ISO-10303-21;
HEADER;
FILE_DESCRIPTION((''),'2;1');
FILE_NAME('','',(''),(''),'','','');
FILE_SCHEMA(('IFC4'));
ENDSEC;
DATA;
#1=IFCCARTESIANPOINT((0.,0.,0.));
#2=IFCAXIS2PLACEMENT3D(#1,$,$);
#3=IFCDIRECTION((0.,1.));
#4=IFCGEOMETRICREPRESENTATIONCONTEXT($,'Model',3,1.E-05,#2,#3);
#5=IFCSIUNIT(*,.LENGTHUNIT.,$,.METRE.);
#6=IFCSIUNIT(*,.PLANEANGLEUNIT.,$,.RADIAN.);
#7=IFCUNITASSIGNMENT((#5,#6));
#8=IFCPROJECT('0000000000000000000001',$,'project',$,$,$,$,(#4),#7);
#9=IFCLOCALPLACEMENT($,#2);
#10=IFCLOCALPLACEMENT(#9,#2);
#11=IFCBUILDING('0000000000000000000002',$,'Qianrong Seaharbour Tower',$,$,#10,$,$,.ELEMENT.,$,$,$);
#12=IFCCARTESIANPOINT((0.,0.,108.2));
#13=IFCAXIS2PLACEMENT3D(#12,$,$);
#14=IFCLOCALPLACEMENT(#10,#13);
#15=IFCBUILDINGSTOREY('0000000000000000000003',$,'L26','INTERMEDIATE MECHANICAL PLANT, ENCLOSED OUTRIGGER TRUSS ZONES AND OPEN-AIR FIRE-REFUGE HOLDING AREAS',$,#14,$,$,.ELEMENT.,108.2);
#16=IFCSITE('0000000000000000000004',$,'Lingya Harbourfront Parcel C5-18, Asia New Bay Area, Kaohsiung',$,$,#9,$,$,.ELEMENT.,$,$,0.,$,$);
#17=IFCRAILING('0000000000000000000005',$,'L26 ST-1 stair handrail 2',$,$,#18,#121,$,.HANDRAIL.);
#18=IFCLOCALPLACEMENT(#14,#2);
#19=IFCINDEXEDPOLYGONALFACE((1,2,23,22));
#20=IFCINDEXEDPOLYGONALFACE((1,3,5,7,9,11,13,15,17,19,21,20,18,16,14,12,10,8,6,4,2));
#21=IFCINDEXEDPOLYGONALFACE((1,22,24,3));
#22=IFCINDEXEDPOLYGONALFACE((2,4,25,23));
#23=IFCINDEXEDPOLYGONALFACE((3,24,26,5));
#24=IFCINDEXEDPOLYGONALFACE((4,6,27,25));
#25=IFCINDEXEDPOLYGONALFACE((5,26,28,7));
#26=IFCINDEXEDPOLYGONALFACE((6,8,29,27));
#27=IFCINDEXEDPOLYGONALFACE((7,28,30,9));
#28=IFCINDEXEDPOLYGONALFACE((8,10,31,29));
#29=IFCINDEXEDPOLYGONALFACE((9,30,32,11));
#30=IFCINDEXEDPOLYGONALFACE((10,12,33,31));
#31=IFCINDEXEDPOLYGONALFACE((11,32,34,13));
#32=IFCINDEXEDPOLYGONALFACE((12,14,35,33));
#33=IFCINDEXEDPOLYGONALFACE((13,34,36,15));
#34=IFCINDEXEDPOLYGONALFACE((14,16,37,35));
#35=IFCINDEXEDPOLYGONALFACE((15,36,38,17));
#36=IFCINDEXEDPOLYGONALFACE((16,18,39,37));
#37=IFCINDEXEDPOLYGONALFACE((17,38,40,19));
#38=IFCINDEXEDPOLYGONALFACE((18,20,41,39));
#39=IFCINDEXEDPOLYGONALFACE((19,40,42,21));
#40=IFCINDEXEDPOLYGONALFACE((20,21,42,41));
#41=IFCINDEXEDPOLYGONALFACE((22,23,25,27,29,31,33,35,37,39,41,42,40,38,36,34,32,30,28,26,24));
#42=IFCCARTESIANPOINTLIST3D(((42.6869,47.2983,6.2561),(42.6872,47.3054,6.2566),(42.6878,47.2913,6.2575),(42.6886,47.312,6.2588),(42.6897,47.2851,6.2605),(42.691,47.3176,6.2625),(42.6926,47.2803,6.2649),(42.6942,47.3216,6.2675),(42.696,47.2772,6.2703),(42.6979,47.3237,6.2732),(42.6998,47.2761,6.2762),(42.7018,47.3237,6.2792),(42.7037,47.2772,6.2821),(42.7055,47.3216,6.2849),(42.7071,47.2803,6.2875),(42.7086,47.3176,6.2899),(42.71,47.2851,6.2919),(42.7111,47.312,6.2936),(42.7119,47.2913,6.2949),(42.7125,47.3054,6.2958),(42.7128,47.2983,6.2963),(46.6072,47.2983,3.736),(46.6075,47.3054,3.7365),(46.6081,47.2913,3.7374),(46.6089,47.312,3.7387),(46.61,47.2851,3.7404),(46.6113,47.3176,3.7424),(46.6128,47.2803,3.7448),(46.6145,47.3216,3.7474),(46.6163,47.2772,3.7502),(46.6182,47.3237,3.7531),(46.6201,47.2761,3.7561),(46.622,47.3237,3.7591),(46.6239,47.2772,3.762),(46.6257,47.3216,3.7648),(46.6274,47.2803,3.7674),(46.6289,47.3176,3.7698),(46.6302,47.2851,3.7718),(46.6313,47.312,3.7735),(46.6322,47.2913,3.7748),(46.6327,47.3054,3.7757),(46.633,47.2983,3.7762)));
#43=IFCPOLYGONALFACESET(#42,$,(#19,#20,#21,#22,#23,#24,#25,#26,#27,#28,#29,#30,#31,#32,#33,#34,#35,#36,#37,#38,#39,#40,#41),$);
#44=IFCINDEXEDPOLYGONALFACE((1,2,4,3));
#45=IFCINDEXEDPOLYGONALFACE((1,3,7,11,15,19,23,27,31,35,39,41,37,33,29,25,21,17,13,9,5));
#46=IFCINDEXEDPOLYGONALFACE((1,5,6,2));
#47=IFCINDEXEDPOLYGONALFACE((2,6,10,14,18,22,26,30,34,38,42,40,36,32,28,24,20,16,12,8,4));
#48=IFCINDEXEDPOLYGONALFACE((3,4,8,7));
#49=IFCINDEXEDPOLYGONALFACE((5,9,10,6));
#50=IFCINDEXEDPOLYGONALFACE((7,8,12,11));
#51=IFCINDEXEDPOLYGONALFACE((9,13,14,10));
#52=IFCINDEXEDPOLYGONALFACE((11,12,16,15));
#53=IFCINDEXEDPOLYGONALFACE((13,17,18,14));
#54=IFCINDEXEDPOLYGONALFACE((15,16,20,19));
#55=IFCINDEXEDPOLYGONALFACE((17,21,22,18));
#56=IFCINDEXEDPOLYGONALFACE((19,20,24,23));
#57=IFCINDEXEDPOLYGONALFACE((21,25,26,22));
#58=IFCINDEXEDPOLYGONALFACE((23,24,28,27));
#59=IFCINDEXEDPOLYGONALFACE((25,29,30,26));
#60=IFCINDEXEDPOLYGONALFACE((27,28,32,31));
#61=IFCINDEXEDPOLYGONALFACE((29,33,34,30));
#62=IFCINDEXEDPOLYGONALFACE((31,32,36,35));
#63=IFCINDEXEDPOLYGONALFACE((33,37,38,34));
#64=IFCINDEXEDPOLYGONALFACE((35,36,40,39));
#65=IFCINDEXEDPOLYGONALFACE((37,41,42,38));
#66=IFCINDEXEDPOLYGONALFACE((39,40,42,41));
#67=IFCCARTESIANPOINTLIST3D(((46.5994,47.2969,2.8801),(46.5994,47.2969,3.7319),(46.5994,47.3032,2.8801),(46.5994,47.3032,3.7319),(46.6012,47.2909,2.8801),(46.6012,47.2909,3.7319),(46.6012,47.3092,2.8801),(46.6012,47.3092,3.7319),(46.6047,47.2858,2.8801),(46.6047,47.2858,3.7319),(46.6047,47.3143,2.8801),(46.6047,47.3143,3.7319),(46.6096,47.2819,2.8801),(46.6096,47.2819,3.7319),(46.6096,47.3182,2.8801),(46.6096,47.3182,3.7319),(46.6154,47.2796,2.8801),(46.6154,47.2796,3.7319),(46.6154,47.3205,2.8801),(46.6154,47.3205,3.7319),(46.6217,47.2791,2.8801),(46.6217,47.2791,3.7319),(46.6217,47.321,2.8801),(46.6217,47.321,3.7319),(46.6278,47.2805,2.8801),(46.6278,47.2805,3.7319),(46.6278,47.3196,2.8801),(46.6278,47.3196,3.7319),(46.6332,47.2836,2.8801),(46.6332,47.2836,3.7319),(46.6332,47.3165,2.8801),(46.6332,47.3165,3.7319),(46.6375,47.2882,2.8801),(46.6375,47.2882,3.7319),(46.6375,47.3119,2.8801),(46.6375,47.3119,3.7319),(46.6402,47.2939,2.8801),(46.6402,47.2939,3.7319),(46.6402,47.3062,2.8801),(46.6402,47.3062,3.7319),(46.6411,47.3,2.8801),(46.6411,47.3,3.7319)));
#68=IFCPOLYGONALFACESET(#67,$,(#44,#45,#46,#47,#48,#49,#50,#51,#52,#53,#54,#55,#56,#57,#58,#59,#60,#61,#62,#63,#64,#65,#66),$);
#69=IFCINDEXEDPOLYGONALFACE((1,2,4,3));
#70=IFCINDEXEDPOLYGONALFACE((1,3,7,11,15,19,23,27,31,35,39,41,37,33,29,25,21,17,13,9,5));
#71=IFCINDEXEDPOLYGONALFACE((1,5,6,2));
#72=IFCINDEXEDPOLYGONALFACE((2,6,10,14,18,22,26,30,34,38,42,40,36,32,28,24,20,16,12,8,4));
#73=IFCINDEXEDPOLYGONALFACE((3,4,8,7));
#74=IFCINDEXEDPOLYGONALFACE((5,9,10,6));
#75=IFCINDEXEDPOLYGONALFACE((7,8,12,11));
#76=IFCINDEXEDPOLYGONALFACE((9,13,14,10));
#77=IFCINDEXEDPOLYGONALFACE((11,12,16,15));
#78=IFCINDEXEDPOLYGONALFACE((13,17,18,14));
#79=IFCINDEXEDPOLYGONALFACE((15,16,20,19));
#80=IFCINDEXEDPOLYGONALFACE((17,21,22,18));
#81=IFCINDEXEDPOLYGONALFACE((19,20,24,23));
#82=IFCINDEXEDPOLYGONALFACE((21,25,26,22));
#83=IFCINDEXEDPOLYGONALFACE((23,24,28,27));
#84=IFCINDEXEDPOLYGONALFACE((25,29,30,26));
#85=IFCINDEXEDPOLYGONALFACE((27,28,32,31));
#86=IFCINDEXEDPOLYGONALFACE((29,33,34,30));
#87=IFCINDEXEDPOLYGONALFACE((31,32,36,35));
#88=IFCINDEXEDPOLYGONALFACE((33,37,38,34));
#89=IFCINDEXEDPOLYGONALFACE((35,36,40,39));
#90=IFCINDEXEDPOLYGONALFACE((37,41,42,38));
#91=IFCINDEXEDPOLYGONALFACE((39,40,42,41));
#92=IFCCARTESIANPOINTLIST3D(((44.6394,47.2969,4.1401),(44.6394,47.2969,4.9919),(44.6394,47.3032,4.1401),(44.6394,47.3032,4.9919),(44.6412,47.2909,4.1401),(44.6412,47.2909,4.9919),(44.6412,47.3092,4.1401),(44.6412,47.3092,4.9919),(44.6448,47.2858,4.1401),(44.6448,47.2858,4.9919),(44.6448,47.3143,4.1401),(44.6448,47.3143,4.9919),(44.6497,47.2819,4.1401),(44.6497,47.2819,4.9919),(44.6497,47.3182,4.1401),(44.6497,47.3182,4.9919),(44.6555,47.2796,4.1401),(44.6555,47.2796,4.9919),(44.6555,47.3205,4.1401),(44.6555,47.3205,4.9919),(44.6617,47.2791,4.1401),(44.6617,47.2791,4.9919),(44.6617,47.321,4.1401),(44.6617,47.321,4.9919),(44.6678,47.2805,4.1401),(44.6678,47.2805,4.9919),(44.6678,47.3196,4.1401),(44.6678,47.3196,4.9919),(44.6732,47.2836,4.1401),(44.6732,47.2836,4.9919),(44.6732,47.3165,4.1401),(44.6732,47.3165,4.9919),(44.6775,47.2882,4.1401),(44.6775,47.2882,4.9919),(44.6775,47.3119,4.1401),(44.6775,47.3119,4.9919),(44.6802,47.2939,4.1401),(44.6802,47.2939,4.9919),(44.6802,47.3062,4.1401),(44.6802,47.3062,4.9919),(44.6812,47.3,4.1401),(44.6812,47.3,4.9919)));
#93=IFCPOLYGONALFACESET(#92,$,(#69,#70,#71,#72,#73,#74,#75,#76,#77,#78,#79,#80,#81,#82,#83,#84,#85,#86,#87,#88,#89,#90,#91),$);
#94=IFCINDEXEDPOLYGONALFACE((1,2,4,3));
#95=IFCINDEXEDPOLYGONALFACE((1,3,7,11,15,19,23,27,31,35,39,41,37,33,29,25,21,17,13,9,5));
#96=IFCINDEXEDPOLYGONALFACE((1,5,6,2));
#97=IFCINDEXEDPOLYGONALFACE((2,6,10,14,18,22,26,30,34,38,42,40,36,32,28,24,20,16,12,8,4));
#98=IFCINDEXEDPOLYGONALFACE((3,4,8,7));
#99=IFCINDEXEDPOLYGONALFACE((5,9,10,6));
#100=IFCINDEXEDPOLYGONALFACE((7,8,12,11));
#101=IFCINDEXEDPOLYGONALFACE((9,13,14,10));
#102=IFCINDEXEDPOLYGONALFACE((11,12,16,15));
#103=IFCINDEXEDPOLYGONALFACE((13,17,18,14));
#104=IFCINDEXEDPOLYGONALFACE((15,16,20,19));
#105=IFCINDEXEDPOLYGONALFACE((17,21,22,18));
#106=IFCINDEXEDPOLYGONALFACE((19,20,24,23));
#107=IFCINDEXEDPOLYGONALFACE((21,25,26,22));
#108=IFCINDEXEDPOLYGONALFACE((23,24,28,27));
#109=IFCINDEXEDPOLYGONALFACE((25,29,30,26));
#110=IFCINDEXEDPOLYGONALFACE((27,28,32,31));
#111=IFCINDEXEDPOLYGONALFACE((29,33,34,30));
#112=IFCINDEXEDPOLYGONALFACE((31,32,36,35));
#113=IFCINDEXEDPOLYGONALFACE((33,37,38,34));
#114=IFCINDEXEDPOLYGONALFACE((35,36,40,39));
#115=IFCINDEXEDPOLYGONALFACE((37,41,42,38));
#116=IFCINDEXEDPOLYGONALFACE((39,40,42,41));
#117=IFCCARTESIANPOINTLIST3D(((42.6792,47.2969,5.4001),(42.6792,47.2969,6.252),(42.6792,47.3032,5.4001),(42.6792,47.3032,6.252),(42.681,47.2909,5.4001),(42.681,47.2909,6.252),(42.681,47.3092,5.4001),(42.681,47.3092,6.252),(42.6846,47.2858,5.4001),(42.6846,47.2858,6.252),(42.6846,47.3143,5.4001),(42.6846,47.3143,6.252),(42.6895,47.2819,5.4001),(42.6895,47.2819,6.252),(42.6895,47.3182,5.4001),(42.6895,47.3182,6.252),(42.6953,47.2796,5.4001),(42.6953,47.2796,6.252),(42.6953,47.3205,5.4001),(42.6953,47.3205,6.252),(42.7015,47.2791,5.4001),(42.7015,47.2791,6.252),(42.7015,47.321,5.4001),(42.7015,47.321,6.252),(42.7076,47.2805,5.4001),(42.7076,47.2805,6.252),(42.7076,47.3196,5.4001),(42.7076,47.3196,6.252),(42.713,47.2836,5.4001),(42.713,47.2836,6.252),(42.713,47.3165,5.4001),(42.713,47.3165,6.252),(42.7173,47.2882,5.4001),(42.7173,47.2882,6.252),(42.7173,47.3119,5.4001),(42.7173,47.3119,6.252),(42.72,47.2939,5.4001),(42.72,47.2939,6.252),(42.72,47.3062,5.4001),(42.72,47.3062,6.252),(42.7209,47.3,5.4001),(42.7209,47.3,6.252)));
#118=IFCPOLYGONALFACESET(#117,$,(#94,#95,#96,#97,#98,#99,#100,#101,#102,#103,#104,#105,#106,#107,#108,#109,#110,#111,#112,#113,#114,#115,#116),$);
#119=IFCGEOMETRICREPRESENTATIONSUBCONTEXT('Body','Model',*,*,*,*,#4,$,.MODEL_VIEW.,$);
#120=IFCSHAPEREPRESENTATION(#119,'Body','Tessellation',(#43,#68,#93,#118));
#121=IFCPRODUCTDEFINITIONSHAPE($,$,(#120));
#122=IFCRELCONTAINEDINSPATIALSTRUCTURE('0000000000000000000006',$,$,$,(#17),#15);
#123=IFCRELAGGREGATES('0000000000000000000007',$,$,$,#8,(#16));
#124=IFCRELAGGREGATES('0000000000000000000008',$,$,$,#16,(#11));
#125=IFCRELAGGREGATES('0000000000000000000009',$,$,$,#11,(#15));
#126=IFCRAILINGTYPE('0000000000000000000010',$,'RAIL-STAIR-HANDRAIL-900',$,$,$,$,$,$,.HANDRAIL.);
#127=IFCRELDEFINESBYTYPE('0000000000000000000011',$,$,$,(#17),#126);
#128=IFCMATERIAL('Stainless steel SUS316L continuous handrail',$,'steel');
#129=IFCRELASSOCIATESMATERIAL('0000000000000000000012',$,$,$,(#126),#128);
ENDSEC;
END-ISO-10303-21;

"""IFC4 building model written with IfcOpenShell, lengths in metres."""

from ifc_helpers import new_model, si_unit, direction, frame, origin, origin_2d, place, context, subcontext, project, spatial, circle, extrude, material, type_object, element, save


model = new_model("IFC4")

# Units and contexts
model_context = context("Model", 3, precision=1e-05, world=origin(), true_north=direction((0.0, 1.0)))
body_context = subcontext(model_context, "Body", "Model", "MODEL_VIEW")
ifc_project = project(units=[si_unit("LENGTHUNIT", "METRE"), si_unit("PLANEANGLEUNIT", "RADIAN")], contexts=[model_context])

# Site, building, storey
site_placement = place(None, origin())
site = spatial("IfcSite", under=ifc_project, at=site_placement, Name="Lingya Harbourfront Parcel C5-18, Asia New Bay Area, Kaohsiung", CompositionType="ELEMENT", RefElevation=0.0)
building_placement = place(site_placement, origin())
building = spatial("IfcBuilding", under=site, at=building_placement, Name="Qianrong Seaharbour Tower", CompositionType="ELEMENT")
storey_placement = place(building_placement, frame((0.0, 0.0, 108.2)))
storey = spatial("IfcBuildingStorey", under=building, at=storey_placement, Name="L26", Description="INTERMEDIATE MECHANICAL PLANT, ENCLOSED OUTRIGGER TRUSS ZONES AND OPEN-AIR FIRE-REFUGE HOLDING AREAS", CompositionType="ELEMENT", Elevation=108.2)

# Railing
ifc_material_1 = material(Name="Stainless steel SUS316L continuous handrail", Category="steel")
railing_type_1 = type_object("IfcRailingType", Name="RAIL-STAIR-HANDRAIL-900", PredefinedType="HANDRAIL", material=ifc_material_1)
railing_1_placement = place(storey_placement, frame((46.6201, 47.3, 2.8801)))
element("IfcRailing", 1, at=railing_1_placement, inside=storey, type_object=railing_type_1, Name="L26 ST-1 stair handrail 2", PredefinedType="HANDRAIL", context=body_context, shape_type="SweptSolid", body=[
    extrude(circle(Radius=0.0239, at=origin_2d()), frame((0.0, 0.0, 0.876), z_axis=(-0.841187, 0.0, 0.540744), x_axis=(0.0, -1.0, 0.0)), (0.0, 0.0, 1.0), 4.6604),
    extrude(circle(Radius=0.021, at=origin_2d()), origin(), (0.0, 0.0, 1.0), 0.8518),
    extrude(circle(Radius=0.021, at=origin_2d()), frame((-1.96, 0.0, 1.26)), (0.0, 0.0, 1.0), 0.8518),
    extrude(circle(Radius=0.021, at=origin_2d()), frame((-3.9202, 0.0, 2.52)), (0.0, 0.0, 1.0), 0.8518),
])

save(model, "model.ifc")
